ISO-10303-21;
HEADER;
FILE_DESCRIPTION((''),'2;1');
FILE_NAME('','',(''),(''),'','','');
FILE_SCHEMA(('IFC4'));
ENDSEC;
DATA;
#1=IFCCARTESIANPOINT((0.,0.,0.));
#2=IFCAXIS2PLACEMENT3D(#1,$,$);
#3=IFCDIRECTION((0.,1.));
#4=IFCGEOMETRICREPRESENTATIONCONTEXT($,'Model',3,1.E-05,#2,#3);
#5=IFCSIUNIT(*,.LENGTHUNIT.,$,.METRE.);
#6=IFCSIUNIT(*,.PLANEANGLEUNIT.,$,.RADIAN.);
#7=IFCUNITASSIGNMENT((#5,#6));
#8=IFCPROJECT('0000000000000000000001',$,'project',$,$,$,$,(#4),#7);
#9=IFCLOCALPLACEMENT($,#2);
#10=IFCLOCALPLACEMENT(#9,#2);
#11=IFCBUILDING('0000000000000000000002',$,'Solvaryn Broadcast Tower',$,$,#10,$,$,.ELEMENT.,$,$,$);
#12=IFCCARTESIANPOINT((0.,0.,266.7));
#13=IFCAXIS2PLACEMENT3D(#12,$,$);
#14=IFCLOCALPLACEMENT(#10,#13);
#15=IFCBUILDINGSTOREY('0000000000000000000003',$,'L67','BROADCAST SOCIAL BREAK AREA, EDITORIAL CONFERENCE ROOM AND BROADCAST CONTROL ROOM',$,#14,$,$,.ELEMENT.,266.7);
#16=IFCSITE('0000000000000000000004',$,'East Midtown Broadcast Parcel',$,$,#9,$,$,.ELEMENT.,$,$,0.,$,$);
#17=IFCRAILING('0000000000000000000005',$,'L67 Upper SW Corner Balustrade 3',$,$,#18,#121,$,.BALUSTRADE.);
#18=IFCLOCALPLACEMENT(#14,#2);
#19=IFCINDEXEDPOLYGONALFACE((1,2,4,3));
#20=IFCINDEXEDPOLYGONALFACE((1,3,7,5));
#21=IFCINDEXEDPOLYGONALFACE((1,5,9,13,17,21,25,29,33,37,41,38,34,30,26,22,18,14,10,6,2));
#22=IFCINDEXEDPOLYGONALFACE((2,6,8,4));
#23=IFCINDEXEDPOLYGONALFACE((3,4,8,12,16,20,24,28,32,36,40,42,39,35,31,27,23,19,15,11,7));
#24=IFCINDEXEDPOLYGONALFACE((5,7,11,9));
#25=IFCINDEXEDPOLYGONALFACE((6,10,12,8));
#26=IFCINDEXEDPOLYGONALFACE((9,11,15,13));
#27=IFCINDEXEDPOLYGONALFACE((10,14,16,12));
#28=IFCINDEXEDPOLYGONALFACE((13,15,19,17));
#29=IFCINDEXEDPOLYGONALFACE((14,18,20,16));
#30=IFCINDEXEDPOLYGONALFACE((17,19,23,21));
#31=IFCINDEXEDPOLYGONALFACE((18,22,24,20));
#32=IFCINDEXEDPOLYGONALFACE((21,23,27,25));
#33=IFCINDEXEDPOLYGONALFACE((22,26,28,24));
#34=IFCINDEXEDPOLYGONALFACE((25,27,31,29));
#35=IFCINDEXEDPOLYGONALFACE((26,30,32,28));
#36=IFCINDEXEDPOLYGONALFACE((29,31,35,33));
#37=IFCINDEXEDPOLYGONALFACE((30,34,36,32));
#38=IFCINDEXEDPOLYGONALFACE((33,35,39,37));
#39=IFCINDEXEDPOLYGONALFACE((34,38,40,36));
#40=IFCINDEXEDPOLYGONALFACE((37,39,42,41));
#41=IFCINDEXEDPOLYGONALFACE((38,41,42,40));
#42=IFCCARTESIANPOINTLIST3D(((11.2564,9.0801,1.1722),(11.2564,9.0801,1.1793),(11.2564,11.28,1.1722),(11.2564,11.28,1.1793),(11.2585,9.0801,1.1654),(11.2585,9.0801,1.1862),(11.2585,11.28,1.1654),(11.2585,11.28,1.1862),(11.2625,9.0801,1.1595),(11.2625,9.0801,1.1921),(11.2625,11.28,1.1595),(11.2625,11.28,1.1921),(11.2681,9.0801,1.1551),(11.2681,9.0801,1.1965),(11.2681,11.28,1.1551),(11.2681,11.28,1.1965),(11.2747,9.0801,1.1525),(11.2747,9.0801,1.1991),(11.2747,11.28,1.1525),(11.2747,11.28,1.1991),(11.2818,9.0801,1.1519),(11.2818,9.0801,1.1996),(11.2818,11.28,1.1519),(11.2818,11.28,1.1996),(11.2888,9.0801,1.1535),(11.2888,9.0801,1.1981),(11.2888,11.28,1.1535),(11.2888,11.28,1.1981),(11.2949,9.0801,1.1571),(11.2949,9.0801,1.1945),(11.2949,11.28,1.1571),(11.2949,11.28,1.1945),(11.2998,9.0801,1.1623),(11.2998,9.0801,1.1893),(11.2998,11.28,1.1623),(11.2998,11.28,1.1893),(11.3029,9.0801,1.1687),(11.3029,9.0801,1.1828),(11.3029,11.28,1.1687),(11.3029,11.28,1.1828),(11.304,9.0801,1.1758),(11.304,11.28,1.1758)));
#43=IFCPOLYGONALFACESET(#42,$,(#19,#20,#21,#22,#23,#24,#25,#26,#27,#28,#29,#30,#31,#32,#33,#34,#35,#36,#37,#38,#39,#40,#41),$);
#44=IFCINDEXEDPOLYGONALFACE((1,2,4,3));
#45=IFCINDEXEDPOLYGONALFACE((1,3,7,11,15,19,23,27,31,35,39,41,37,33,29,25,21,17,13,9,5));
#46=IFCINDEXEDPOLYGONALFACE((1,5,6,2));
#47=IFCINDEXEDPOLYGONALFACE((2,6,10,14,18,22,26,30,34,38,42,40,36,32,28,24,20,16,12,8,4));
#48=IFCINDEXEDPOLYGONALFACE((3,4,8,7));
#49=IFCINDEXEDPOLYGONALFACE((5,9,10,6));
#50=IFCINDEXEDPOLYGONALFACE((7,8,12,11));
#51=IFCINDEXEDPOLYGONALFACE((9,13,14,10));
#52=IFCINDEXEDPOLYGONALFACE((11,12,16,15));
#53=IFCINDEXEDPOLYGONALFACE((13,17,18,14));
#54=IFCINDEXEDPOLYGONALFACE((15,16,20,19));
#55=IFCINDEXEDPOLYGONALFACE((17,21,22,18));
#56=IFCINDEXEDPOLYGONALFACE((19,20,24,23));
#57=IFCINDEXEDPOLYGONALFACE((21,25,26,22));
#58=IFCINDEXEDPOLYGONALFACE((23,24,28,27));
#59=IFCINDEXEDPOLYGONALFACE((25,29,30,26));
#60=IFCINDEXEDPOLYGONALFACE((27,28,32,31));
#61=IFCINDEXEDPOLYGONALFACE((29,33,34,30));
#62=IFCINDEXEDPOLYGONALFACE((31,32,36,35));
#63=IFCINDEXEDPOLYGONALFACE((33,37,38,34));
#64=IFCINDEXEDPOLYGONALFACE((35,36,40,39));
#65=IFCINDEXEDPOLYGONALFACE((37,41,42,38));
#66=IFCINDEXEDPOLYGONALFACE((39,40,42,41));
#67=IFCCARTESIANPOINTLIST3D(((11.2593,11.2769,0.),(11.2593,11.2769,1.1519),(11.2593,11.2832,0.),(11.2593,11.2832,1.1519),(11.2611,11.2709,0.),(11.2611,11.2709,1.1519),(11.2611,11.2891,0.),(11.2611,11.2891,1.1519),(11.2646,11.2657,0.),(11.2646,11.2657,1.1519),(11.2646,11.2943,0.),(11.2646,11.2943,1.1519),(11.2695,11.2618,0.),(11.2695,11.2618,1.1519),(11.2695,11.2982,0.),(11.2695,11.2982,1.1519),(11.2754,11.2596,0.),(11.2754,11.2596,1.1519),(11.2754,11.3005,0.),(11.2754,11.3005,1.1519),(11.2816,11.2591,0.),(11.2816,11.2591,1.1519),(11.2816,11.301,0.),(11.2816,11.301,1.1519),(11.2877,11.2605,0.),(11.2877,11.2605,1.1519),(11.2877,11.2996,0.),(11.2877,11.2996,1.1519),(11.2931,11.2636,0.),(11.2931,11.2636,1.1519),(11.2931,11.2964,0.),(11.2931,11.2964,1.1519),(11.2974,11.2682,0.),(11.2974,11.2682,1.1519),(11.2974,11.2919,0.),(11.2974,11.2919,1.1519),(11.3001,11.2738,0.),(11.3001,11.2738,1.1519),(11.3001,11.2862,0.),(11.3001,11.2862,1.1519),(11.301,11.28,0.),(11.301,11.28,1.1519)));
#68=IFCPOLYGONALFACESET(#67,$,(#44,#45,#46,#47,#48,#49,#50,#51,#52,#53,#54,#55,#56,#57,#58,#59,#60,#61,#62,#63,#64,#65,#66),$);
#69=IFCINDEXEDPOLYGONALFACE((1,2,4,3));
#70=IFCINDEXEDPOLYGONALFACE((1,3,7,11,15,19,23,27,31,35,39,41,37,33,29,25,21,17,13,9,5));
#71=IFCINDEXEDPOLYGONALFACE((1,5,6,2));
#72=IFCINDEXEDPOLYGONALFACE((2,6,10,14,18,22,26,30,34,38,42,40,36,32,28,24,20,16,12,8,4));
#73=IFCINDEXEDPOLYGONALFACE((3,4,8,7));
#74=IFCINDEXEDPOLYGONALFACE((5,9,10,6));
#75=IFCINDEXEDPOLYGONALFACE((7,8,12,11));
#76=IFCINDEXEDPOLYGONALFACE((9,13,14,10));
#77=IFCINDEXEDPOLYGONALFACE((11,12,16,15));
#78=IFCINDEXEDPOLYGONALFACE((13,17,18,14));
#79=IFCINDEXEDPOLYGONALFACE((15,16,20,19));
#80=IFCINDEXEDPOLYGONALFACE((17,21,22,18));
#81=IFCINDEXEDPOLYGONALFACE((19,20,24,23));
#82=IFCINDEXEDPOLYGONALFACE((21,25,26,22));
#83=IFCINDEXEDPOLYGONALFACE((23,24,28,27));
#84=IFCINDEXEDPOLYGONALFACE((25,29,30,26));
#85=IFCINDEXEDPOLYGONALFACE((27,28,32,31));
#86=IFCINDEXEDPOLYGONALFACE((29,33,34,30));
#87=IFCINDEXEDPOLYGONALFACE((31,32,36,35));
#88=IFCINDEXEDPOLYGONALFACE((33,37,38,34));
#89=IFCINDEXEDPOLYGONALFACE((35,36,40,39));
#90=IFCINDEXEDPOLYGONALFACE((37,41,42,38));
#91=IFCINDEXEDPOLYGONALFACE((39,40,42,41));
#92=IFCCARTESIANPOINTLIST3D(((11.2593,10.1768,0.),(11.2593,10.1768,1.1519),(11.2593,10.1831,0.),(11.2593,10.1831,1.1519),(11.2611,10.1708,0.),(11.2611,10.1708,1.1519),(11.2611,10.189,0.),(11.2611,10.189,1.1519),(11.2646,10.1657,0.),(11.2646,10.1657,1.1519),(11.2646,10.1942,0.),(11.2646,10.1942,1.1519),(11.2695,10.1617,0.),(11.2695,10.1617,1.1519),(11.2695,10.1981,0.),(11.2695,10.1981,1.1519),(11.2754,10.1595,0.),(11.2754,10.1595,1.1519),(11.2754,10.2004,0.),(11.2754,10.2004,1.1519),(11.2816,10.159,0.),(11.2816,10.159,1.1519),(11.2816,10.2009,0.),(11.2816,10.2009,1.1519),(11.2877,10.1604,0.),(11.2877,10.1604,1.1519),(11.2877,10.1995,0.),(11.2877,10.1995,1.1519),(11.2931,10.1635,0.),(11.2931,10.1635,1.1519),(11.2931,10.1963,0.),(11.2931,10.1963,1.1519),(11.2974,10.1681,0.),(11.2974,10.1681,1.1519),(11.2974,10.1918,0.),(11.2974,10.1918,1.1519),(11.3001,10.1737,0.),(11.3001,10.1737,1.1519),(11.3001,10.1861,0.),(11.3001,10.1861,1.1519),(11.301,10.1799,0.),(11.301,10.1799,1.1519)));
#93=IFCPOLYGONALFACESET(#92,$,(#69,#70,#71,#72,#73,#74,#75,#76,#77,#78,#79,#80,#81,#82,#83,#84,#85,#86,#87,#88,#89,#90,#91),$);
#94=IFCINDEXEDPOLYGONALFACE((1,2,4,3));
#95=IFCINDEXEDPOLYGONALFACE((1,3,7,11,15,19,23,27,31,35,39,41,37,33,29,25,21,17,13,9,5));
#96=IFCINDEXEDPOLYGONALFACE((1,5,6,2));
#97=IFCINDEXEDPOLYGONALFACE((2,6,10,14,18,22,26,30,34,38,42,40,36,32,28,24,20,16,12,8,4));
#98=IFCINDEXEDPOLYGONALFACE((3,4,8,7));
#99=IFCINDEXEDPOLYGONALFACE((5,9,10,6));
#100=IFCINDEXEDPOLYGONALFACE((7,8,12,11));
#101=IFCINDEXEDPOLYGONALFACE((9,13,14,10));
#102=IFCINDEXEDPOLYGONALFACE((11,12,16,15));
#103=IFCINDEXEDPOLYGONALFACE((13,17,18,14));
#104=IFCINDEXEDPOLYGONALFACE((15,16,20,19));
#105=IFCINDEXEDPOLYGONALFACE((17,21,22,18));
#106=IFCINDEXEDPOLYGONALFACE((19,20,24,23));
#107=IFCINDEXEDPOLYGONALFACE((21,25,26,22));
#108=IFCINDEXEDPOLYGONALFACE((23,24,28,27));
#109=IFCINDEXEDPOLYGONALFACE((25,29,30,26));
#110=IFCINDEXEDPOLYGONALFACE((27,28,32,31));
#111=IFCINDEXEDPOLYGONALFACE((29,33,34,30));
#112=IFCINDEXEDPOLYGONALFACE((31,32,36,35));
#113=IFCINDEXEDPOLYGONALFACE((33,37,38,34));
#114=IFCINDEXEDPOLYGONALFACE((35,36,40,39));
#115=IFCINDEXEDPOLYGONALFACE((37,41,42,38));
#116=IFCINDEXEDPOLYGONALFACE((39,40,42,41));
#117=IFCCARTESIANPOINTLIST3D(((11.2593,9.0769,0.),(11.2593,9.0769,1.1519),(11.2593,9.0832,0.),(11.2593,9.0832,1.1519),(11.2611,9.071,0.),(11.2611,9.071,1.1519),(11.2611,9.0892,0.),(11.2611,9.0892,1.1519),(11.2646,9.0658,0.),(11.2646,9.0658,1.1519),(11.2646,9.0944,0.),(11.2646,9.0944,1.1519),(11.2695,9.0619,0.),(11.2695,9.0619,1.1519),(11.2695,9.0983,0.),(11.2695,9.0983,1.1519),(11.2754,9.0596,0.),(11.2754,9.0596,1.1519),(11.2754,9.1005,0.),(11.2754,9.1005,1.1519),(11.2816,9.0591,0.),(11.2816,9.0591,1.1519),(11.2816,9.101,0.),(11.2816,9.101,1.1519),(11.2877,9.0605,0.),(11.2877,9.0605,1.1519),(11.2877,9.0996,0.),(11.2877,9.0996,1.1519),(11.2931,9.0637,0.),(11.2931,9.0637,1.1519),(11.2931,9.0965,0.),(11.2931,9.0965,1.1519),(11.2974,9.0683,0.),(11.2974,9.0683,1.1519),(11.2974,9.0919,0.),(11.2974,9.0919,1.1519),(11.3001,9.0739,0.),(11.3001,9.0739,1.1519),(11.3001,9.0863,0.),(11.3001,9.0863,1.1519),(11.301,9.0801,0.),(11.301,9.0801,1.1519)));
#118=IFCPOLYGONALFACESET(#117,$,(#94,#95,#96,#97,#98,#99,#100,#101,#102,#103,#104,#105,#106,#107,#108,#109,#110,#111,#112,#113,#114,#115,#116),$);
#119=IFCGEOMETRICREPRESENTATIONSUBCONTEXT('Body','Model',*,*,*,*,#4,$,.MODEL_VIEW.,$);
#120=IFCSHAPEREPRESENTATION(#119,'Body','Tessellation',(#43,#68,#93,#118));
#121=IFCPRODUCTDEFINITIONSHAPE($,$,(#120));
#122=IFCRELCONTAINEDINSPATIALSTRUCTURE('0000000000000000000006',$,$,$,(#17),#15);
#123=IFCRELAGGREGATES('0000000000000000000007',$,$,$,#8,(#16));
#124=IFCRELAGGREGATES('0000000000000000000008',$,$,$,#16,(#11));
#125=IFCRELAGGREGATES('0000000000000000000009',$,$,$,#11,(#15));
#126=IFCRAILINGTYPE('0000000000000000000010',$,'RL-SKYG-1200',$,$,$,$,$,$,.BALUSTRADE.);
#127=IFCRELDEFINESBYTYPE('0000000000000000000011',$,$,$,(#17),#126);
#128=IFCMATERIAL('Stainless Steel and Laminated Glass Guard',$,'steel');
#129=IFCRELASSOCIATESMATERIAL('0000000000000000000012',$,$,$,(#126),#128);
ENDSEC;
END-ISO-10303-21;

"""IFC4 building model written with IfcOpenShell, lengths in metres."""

from ifc_helpers import new_model, si_unit, direction, frame, origin, origin_2d, place, context, subcontext, project, spatial, circle, extrude, material, type_object, element, save


model = new_model("IFC4")

# Units and contexts
model_context = context("Model", 3, precision=1e-05, world=origin(), true_north=direction((0.0, 1.0)))
body_context = subcontext(model_context, "Body", "Model", "MODEL_VIEW")
ifc_project = project(units=[si_unit("LENGTHUNIT", "METRE"), si_unit("PLANEANGLEUNIT", "RADIAN")], contexts=[model_context])

# Site, building, storey
site_placement = place(None, origin())
site = spatial("IfcSite", under=ifc_project, at=site_placement, Name="East Midtown Broadcast Parcel", CompositionType="ELEMENT", RefElevation=0.0)
building_placement = place(site_placement, origin())
building = spatial("IfcBuilding", under=site, at=building_placement, Name="Solvaryn Broadcast Tower", CompositionType="ELEMENT")
storey_placement = place(building_placement, frame((0.0, 0.0, 266.7)))
storey = spatial("IfcBuildingStorey", under=building, at=storey_placement, Name="L67", Description="BROADCAST SOCIAL BREAK AREA, EDITORIAL CONFERENCE ROOM AND BROADCAST CONTROL ROOM", CompositionType="ELEMENT", Elevation=266.7)

# Railing
ifc_material_1 = material(Name="Stainless Steel and Laminated Glass Guard", Category="steel")
railing_type = type_object("IfcRailingType", Name="RL-SKYG-1200", PredefinedType="BALUSTRADE", material=ifc_material_1)
railing_1_placement = place(storey_placement, frame((11.28, 11.28, 0.0)))
element("IfcRailing", 1, at=railing_1_placement, inside=storey, type_object=railing_type, Name="L67 Upper SW Corner Balustrade 3", PredefinedType="BALUSTRADE", context=body_context, shape_type="SweptSolid", body=[
    extrude(circle(Radius=0.0239, at=origin_2d()), frame((0.0, 0.0, 1.1758), z_axis=(0.0, -1.0, 0.0), x_axis=(1.0, 0.0, 0.0)), (0.0, 0.0, 1.0), 2.2),
    extrude(circle(Radius=0.021, at=origin_2d()), origin(), (0.0, 0.0, 1.0), 1.1519),
    extrude(circle(Radius=0.021, at=origin_2d()), frame((0.0, -1.1001, 0.0)), (0.0, 0.0, 1.0), 1.1519),
    extrude(circle(Radius=0.021, at=origin_2d()), frame((0.0, -2.2, 0.0)), (0.0, 0.0, 1.0), 1.1519),
])

save(model, "model.ifc")
